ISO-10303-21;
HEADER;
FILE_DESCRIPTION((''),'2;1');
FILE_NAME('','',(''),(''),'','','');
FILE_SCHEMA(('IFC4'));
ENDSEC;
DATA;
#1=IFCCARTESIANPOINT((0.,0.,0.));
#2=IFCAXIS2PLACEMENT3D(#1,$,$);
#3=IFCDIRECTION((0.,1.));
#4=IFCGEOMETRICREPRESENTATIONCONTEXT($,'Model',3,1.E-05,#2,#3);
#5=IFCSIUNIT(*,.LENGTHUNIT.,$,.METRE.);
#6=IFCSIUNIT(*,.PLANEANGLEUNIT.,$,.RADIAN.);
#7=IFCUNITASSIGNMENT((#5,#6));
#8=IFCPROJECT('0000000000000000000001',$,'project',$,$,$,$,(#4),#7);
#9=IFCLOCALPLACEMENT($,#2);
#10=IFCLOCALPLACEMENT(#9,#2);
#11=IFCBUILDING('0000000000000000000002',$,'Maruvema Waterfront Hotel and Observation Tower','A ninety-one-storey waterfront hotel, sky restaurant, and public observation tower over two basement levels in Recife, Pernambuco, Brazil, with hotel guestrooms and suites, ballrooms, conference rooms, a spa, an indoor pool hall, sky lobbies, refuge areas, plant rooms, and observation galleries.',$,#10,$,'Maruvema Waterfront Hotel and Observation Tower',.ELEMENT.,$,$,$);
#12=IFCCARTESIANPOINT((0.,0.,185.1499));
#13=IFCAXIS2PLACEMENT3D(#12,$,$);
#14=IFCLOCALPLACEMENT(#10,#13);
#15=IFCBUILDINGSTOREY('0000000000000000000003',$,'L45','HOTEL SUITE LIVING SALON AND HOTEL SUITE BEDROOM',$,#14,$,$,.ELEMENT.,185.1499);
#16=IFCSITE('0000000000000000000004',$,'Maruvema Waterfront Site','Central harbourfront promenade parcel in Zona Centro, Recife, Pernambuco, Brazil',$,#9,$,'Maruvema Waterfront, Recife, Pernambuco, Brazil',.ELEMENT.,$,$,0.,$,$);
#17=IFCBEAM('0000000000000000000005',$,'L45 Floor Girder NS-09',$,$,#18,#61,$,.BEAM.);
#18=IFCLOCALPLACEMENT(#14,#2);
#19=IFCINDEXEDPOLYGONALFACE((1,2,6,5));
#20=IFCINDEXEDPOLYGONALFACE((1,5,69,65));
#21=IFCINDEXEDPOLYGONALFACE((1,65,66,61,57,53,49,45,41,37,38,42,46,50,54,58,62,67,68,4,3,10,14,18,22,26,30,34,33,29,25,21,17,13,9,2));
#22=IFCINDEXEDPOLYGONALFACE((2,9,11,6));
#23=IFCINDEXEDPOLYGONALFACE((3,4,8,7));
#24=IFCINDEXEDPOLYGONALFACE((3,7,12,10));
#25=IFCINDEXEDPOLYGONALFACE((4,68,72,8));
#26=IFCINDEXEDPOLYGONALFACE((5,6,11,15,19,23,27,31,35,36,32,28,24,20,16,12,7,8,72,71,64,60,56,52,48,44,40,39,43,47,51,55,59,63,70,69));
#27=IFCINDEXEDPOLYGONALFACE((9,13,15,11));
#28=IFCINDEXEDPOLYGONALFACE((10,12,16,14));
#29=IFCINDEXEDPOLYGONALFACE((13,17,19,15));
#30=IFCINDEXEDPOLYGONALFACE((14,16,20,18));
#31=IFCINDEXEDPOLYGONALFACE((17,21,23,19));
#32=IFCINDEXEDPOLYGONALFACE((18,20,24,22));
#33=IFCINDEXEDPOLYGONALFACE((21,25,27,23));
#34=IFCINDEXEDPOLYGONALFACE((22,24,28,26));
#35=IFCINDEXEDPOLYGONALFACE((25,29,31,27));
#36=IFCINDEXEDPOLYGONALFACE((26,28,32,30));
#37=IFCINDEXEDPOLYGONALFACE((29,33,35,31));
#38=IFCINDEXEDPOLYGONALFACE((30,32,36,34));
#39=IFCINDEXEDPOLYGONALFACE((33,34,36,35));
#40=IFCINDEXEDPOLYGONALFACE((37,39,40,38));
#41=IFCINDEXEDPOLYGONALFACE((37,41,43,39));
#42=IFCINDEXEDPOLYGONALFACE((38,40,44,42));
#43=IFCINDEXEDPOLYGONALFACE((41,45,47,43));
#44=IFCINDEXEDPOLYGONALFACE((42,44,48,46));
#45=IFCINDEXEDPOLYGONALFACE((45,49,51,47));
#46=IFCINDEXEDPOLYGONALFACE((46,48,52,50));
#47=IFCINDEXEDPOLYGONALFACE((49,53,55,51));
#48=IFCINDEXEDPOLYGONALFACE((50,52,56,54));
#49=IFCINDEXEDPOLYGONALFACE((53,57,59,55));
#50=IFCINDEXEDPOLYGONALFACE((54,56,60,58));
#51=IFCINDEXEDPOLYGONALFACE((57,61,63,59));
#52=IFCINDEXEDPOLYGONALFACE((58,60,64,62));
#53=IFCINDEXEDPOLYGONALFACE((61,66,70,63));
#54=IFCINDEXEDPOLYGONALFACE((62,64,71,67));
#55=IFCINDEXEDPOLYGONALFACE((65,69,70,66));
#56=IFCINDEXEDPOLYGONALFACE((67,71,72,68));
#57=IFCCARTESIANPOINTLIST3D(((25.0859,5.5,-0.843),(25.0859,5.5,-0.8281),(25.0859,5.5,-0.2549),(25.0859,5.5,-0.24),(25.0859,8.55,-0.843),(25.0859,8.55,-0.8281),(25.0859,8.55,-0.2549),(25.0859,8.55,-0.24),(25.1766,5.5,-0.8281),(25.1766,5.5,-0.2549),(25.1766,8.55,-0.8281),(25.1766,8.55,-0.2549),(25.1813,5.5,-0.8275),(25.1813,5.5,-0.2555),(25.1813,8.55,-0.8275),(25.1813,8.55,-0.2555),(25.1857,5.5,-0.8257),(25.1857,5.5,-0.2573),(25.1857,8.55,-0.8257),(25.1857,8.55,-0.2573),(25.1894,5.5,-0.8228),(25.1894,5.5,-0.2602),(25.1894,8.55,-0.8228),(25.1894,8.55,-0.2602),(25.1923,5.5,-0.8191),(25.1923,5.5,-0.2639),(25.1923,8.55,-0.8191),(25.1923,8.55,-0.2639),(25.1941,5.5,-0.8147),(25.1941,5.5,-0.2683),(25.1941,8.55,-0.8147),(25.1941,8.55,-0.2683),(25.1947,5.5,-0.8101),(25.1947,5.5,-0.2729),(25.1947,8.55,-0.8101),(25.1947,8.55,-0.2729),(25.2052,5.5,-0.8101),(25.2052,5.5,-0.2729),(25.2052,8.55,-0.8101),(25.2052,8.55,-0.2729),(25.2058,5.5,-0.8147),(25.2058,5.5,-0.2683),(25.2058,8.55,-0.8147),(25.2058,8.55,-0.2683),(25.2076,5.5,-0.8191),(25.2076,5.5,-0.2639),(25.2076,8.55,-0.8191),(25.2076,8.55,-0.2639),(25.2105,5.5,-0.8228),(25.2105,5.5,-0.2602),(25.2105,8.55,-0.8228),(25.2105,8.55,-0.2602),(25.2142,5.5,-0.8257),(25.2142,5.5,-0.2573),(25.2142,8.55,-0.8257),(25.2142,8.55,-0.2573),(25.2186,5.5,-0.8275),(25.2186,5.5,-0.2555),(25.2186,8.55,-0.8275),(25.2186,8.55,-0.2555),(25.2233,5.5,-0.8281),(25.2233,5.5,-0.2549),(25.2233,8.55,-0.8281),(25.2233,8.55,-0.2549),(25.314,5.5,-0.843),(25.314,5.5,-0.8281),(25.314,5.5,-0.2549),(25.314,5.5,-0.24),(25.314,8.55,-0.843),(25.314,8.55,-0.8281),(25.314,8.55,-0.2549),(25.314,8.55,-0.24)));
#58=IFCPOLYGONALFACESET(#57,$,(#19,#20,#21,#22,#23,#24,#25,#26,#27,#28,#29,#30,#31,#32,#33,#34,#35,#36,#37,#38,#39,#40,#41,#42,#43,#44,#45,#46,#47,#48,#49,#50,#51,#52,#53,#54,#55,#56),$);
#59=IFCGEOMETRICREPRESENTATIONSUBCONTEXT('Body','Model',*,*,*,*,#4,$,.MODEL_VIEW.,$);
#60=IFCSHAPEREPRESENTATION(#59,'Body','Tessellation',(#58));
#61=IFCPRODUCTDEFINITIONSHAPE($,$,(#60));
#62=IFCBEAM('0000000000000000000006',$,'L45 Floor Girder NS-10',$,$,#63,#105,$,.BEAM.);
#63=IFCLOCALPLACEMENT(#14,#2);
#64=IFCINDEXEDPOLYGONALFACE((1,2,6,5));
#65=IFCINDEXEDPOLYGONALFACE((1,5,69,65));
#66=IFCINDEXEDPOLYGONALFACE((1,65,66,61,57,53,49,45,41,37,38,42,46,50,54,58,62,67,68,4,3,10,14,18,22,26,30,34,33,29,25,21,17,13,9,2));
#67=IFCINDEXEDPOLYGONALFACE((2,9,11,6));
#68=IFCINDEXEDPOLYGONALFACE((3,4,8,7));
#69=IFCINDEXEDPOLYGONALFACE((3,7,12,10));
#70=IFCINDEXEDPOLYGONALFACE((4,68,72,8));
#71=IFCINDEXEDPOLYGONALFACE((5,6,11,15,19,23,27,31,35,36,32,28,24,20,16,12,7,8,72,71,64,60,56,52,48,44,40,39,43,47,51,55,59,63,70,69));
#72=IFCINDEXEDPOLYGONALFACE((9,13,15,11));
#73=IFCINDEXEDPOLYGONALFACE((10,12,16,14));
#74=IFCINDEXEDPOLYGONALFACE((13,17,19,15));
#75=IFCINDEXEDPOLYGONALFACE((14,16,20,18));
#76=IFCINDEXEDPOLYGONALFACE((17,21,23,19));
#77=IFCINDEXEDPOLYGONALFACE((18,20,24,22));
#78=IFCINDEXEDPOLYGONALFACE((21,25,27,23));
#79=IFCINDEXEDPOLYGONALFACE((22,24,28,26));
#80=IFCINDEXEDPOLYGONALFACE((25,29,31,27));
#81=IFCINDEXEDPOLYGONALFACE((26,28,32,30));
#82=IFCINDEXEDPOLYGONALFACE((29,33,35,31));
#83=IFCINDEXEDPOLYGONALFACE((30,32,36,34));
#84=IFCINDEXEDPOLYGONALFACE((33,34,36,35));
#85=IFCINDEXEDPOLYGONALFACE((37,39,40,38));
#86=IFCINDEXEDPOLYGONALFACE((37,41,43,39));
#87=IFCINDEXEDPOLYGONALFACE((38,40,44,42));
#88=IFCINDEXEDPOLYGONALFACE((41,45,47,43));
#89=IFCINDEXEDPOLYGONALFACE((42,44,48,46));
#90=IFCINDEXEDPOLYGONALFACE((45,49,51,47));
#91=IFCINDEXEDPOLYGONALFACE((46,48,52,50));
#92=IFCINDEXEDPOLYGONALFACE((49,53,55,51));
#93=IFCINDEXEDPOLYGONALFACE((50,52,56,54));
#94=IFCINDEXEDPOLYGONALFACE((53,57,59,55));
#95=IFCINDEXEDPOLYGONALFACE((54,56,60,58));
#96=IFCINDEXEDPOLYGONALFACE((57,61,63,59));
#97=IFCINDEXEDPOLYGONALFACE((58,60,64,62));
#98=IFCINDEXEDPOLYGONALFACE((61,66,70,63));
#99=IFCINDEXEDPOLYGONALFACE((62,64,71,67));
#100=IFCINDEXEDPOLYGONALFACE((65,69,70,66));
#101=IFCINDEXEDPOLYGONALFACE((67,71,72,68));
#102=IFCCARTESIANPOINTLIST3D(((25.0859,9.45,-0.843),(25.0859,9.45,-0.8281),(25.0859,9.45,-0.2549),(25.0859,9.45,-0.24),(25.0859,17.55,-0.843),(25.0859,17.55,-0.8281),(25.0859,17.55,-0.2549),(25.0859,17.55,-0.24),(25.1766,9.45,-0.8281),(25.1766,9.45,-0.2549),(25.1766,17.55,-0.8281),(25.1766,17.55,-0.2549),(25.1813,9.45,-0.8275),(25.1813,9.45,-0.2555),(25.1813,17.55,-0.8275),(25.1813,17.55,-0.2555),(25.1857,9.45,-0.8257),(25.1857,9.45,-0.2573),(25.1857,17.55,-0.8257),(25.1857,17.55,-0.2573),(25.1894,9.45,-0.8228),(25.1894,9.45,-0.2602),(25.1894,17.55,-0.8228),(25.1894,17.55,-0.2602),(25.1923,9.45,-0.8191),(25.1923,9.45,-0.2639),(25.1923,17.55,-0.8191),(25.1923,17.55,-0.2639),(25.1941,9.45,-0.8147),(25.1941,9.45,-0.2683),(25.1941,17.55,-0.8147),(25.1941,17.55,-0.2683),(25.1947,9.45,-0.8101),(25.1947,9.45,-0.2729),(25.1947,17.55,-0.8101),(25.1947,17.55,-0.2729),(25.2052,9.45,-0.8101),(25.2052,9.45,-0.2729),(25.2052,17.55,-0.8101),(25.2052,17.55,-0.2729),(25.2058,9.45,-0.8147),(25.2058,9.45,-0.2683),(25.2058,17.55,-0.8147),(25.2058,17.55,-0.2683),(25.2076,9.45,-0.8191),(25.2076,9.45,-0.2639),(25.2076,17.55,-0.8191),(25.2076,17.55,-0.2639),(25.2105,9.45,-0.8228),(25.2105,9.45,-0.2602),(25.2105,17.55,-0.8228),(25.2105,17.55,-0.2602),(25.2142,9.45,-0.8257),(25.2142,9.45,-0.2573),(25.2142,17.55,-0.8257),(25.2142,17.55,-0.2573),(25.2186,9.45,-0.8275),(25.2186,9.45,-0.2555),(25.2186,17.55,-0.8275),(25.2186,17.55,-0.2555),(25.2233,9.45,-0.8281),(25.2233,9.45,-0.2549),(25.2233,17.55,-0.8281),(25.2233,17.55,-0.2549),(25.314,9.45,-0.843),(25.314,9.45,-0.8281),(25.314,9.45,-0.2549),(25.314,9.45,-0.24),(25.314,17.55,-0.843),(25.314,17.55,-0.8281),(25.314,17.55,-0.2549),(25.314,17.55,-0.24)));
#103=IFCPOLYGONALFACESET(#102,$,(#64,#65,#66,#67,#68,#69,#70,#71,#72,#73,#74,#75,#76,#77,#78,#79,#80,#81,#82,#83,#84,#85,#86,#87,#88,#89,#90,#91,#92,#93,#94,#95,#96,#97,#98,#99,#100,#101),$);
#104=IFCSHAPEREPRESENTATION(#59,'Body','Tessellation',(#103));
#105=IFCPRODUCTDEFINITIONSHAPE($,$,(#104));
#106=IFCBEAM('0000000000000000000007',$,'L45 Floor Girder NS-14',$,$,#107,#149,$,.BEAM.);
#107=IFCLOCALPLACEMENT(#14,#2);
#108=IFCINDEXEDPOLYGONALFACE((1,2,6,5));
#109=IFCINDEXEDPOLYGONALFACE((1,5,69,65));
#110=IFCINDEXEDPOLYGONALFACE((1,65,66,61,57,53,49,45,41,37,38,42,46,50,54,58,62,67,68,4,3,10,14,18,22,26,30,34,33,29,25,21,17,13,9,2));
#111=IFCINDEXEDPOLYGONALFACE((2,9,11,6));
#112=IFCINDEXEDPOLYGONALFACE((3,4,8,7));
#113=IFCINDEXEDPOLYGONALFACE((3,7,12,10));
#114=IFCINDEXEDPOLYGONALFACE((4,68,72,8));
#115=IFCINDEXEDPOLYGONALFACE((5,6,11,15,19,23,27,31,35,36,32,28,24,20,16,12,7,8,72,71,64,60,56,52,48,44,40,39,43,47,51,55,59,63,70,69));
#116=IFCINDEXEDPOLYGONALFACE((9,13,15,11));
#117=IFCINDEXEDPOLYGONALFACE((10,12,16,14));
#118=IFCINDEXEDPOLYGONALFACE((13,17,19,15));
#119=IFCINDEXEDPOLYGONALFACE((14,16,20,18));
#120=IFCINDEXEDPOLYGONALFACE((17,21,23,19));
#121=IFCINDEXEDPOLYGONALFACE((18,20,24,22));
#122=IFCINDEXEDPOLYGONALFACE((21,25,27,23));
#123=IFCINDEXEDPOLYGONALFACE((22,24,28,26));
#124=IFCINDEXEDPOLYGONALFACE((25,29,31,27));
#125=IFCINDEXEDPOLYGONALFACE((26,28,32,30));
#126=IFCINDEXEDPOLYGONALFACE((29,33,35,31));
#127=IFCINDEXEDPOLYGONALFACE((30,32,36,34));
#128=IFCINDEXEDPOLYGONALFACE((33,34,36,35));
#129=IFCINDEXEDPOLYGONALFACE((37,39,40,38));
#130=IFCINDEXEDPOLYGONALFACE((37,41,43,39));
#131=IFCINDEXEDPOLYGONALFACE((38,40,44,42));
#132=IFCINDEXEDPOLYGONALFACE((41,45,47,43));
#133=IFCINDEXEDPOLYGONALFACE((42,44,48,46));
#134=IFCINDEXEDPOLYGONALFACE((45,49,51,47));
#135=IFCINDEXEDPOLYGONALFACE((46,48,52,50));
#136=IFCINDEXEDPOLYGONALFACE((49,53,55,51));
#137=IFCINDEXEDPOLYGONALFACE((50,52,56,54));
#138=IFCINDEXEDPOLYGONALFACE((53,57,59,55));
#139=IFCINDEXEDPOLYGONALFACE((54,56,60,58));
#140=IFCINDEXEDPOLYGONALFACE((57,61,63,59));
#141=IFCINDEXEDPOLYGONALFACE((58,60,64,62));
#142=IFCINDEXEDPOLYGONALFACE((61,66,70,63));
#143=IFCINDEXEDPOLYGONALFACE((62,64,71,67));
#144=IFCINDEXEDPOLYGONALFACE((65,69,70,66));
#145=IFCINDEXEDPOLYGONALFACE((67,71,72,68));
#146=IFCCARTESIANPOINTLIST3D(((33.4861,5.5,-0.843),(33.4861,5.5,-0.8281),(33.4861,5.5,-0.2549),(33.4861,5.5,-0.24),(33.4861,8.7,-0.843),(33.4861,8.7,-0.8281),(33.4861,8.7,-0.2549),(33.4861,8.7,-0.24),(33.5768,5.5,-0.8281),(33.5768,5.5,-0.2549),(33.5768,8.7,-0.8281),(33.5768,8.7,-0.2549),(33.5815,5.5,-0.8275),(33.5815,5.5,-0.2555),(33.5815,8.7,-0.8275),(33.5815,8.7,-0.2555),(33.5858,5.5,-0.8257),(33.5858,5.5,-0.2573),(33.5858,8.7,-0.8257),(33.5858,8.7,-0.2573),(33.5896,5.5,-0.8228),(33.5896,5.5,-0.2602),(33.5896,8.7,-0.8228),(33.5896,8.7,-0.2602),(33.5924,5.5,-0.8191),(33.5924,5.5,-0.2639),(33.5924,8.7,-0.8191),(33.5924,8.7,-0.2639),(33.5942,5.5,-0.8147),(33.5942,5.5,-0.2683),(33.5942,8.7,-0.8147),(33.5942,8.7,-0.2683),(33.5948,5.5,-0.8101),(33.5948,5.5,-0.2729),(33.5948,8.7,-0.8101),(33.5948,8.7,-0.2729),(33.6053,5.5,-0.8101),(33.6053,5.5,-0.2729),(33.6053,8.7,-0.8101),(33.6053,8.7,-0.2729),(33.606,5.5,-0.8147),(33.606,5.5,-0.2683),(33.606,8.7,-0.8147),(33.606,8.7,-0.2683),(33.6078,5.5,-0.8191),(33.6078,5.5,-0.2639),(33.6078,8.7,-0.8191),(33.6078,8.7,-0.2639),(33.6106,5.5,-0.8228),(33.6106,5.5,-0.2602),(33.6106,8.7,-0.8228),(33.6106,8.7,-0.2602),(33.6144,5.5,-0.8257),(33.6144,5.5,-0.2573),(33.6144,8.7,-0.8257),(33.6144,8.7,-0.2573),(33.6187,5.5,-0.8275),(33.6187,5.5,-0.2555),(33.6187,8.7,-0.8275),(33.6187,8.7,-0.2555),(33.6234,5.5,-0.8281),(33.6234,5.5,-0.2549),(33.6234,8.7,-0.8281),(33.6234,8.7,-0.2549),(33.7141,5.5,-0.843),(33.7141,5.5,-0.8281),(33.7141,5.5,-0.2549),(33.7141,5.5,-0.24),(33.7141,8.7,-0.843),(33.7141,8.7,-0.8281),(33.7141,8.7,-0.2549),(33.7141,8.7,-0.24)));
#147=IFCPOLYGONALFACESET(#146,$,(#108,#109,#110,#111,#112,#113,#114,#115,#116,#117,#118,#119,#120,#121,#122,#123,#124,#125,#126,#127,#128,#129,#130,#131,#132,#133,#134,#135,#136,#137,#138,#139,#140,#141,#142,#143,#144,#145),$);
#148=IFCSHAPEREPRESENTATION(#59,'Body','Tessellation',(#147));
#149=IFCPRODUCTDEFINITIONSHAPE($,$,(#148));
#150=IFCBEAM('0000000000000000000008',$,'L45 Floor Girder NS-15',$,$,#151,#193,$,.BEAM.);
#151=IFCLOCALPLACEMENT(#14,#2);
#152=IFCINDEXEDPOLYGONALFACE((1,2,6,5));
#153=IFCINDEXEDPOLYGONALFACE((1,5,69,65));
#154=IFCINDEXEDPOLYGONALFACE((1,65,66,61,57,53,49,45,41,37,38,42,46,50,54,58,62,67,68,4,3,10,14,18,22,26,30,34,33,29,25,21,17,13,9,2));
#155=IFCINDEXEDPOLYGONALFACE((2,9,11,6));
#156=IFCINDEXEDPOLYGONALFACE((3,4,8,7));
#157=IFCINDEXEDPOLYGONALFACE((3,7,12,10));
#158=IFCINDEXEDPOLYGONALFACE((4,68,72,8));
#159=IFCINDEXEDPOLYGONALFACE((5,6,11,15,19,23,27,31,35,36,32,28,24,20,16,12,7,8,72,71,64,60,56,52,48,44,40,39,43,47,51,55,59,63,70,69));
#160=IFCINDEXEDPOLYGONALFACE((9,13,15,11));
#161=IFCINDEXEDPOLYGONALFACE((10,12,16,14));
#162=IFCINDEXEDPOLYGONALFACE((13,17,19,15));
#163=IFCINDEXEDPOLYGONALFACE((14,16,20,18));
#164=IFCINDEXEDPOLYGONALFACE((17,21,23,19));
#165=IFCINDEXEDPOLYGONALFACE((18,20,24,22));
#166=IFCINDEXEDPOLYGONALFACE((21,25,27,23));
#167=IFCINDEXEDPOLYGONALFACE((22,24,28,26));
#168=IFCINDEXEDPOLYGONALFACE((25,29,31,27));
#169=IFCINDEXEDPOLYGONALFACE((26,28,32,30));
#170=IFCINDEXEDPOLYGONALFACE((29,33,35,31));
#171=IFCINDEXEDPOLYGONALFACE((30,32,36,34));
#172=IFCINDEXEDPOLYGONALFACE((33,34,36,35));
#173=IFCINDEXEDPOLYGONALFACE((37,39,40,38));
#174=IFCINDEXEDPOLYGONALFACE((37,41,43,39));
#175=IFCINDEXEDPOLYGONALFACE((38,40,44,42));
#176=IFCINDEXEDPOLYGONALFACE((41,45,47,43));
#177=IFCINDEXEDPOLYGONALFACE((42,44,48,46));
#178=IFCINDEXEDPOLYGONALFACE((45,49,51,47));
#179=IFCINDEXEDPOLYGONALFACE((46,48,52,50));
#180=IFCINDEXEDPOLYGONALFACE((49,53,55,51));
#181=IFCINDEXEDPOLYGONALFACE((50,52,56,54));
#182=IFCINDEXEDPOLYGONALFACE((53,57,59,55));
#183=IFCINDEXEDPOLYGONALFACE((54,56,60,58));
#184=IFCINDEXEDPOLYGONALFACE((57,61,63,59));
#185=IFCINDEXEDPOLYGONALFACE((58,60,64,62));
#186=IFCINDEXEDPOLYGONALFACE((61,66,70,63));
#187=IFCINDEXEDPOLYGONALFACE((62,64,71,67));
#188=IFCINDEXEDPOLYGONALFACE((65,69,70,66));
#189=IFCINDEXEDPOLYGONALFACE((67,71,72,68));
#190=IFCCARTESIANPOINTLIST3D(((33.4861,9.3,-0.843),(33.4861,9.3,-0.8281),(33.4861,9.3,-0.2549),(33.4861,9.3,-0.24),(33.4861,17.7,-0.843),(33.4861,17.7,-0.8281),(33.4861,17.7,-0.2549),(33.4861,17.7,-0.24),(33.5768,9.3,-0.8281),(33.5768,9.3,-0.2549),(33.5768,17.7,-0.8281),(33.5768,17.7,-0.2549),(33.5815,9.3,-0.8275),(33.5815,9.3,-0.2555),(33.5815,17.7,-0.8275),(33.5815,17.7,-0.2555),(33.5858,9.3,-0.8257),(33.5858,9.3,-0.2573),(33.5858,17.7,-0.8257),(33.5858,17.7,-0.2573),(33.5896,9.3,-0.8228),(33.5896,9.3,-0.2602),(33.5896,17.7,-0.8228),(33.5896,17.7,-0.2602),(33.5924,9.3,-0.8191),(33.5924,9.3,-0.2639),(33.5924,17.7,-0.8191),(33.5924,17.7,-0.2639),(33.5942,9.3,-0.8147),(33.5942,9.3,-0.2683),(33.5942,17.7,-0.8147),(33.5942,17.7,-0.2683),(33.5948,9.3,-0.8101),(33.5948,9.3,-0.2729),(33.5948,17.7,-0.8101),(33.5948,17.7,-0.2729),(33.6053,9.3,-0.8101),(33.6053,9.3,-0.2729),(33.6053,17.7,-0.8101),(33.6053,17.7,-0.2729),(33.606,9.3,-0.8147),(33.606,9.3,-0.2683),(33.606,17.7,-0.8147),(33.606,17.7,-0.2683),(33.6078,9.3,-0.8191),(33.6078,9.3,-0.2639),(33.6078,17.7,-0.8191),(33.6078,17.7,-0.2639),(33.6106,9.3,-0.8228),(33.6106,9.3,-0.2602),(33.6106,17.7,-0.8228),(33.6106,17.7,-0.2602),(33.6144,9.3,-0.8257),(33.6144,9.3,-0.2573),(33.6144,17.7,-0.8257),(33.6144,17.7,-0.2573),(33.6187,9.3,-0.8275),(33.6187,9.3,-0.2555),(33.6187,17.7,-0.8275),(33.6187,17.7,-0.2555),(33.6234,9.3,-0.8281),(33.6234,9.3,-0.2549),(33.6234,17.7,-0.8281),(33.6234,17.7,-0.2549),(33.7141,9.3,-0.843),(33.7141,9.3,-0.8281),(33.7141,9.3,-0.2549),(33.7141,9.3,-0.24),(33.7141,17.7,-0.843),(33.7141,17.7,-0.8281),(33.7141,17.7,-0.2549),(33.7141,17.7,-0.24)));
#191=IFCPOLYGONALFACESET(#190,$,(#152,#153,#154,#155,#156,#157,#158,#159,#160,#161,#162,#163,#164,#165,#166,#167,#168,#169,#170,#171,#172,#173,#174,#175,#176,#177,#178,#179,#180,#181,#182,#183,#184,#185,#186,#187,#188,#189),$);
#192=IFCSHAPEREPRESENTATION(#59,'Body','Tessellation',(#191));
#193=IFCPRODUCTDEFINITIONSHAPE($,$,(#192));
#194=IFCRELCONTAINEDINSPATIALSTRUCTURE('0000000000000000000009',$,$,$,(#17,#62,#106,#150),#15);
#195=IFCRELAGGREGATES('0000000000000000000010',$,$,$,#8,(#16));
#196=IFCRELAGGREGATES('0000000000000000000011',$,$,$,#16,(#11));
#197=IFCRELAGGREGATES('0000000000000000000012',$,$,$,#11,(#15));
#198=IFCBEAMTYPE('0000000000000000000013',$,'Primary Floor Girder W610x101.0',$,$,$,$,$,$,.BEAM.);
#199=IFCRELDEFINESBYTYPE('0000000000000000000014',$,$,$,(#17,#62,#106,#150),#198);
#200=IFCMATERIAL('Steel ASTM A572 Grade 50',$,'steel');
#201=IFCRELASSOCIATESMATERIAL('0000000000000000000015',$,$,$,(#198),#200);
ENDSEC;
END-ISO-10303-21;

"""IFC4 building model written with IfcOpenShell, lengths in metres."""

from ifc_helpers import new_model, si_unit, direction, frame, origin, origin_2d, place, context, subcontext, project, spatial, i_section, extrude, material, material_profile, profile_set, type_object, element, save


model = new_model("IFC4")

# Units and contexts
model_context = context("Model", 3, precision=1e-05, world=origin(), true_north=direction((0.0, 1.0)))
body_context = subcontext(model_context, "Body", "Model", "MODEL_VIEW")
ifc_project = project(units=[si_unit("LENGTHUNIT", "METRE"), si_unit("PLANEANGLEUNIT", "RADIAN")], contexts=[model_context])

# Site, building, storey
site_placement = place(None, origin())
site = spatial("IfcSite", under=ifc_project, at=site_placement, Name="Maruvema Waterfront Site", Description="Central harbourfront promenade parcel in Zona Centro, Recife, Pernambuco, Brazil", LongName="Maruvema Waterfront, Recife, Pernambuco, Brazil", CompositionType="ELEMENT", RefElevation=0.0)
building_placement = place(site_placement, origin())
building = spatial("IfcBuilding", under=site, at=building_placement, Name="Maruvema Waterfront Hotel and Observation Tower", Description="A ninety-one-storey waterfront hotel, sky restaurant, and public observation tower over two basement levels in Recife, Pernambuco, Brazil, with hotel guestrooms and suites, ballrooms, conference rooms, a spa, an indoor pool hall, sky lobbies, refuge areas, plant rooms, and observation galleries.", LongName="Maruvema Waterfront Hotel and Observation Tower", CompositionType="ELEMENT")
storey_placement = place(building_placement, frame((0.0, 0.0, 185.1499)))
storey = spatial("IfcBuildingStorey", under=building, at=storey_placement, Name="L45", Description="HOTEL SUITE LIVING SALON AND HOTEL SUITE BEDROOM", CompositionType="ELEMENT", Elevation=185.1499)

# Beams
ifc_material_1 = material(Name="Steel ASTM A572 Grade 50", Category="steel")
ifc_material_profile_1 = material_profile(ifc_material_1, i_section(OverallWidth=0.228, OverallDepth=0.603, WebThickness=0.0105, FlangeThickness=0.0149, FilletRadius=0.0181, at=origin_2d()), Name="W610x101.0")
ifc_profile_set_1 = profile_set([ifc_material_profile_1], Name="Steel ASTM A572 Grade 50")
beam_type_1 = type_object("IfcBeamType", Name="Primary Floor Girder W610x101.0", PredefinedType="BEAM", material=ifc_profile_set_1)
beam_1_placement = place(storey_placement, frame((25.2, 5.5, -0.5415), z_axis=(0.0, 1.0, 0.0), x_axis=(-1.0, 0.0, 0.0)))
element("IfcBeam", 1, at=beam_1_placement, inside=storey, type_object=beam_type_1, Name="L45 Floor Girder NS-09", PredefinedType="BEAM", context=body_context, shape_type="SweptSolid", body=[
    extrude(i_section(OverallWidth=0.228, OverallDepth=0.603, WebThickness=0.0105, FlangeThickness=0.0149, FilletRadius=0.0181, at=origin_2d()), origin(), (0.0, 0.0, 1.0), 3.05),
])
beam_2_placement = place(storey_placement, frame((25.2, 9.45, -0.5415), z_axis=(0.0, 1.0, 0.0), x_axis=(-1.0, 0.0, 0.0)))
element("IfcBeam", 2, at=beam_2_placement, inside=storey, type_object=beam_type_1, Name="L45 Floor Girder NS-10", PredefinedType="BEAM", context=body_context, shape_type="SweptSolid", body=[
    extrude(i_section(OverallWidth=0.228, OverallDepth=0.603, WebThickness=0.0105, FlangeThickness=0.0149, FilletRadius=0.0181, at=origin_2d()), origin(), (0.0, 0.0, 1.0), 8.1001),
])
beam_3_placement = place(storey_placement, frame((33.6001, 5.5, -0.5415), z_axis=(0.0, 1.0, 0.0), x_axis=(-1.0, 0.0, 0.0)))
element("IfcBeam", 3, at=beam_3_placement, inside=storey, type_object=beam_type_1, Name="L45 Floor Girder NS-14", PredefinedType="BEAM", context=body_context, shape_type="SweptSolid", body=[
    extrude(i_section(OverallWidth=0.228, OverallDepth=0.603, WebThickness=0.0105, FlangeThickness=0.0149, FilletRadius=0.0181, at=origin_2d()), origin(), (0.0, 0.0, 1.0), 3.2),
])
beam_4_placement = place(storey_placement, frame((33.6001, 9.3, -0.5415), z_axis=(0.0, 1.0, 0.0), x_axis=(-1.0, 0.0, 0.0)))
element("IfcBeam", 4, at=beam_4_placement, inside=storey, type_object=beam_type_1, Name="L45 Floor Girder NS-15", PredefinedType="BEAM", context=body_context, shape_type="SweptSolid", body=[
    extrude(i_section(OverallWidth=0.228, OverallDepth=0.603, WebThickness=0.0105, FlangeThickness=0.0149, FilletRadius=0.0181, at=origin_2d()), origin(), (0.0, 0.0, 1.0), 8.3999),
])

save(model, "model.ifc")
